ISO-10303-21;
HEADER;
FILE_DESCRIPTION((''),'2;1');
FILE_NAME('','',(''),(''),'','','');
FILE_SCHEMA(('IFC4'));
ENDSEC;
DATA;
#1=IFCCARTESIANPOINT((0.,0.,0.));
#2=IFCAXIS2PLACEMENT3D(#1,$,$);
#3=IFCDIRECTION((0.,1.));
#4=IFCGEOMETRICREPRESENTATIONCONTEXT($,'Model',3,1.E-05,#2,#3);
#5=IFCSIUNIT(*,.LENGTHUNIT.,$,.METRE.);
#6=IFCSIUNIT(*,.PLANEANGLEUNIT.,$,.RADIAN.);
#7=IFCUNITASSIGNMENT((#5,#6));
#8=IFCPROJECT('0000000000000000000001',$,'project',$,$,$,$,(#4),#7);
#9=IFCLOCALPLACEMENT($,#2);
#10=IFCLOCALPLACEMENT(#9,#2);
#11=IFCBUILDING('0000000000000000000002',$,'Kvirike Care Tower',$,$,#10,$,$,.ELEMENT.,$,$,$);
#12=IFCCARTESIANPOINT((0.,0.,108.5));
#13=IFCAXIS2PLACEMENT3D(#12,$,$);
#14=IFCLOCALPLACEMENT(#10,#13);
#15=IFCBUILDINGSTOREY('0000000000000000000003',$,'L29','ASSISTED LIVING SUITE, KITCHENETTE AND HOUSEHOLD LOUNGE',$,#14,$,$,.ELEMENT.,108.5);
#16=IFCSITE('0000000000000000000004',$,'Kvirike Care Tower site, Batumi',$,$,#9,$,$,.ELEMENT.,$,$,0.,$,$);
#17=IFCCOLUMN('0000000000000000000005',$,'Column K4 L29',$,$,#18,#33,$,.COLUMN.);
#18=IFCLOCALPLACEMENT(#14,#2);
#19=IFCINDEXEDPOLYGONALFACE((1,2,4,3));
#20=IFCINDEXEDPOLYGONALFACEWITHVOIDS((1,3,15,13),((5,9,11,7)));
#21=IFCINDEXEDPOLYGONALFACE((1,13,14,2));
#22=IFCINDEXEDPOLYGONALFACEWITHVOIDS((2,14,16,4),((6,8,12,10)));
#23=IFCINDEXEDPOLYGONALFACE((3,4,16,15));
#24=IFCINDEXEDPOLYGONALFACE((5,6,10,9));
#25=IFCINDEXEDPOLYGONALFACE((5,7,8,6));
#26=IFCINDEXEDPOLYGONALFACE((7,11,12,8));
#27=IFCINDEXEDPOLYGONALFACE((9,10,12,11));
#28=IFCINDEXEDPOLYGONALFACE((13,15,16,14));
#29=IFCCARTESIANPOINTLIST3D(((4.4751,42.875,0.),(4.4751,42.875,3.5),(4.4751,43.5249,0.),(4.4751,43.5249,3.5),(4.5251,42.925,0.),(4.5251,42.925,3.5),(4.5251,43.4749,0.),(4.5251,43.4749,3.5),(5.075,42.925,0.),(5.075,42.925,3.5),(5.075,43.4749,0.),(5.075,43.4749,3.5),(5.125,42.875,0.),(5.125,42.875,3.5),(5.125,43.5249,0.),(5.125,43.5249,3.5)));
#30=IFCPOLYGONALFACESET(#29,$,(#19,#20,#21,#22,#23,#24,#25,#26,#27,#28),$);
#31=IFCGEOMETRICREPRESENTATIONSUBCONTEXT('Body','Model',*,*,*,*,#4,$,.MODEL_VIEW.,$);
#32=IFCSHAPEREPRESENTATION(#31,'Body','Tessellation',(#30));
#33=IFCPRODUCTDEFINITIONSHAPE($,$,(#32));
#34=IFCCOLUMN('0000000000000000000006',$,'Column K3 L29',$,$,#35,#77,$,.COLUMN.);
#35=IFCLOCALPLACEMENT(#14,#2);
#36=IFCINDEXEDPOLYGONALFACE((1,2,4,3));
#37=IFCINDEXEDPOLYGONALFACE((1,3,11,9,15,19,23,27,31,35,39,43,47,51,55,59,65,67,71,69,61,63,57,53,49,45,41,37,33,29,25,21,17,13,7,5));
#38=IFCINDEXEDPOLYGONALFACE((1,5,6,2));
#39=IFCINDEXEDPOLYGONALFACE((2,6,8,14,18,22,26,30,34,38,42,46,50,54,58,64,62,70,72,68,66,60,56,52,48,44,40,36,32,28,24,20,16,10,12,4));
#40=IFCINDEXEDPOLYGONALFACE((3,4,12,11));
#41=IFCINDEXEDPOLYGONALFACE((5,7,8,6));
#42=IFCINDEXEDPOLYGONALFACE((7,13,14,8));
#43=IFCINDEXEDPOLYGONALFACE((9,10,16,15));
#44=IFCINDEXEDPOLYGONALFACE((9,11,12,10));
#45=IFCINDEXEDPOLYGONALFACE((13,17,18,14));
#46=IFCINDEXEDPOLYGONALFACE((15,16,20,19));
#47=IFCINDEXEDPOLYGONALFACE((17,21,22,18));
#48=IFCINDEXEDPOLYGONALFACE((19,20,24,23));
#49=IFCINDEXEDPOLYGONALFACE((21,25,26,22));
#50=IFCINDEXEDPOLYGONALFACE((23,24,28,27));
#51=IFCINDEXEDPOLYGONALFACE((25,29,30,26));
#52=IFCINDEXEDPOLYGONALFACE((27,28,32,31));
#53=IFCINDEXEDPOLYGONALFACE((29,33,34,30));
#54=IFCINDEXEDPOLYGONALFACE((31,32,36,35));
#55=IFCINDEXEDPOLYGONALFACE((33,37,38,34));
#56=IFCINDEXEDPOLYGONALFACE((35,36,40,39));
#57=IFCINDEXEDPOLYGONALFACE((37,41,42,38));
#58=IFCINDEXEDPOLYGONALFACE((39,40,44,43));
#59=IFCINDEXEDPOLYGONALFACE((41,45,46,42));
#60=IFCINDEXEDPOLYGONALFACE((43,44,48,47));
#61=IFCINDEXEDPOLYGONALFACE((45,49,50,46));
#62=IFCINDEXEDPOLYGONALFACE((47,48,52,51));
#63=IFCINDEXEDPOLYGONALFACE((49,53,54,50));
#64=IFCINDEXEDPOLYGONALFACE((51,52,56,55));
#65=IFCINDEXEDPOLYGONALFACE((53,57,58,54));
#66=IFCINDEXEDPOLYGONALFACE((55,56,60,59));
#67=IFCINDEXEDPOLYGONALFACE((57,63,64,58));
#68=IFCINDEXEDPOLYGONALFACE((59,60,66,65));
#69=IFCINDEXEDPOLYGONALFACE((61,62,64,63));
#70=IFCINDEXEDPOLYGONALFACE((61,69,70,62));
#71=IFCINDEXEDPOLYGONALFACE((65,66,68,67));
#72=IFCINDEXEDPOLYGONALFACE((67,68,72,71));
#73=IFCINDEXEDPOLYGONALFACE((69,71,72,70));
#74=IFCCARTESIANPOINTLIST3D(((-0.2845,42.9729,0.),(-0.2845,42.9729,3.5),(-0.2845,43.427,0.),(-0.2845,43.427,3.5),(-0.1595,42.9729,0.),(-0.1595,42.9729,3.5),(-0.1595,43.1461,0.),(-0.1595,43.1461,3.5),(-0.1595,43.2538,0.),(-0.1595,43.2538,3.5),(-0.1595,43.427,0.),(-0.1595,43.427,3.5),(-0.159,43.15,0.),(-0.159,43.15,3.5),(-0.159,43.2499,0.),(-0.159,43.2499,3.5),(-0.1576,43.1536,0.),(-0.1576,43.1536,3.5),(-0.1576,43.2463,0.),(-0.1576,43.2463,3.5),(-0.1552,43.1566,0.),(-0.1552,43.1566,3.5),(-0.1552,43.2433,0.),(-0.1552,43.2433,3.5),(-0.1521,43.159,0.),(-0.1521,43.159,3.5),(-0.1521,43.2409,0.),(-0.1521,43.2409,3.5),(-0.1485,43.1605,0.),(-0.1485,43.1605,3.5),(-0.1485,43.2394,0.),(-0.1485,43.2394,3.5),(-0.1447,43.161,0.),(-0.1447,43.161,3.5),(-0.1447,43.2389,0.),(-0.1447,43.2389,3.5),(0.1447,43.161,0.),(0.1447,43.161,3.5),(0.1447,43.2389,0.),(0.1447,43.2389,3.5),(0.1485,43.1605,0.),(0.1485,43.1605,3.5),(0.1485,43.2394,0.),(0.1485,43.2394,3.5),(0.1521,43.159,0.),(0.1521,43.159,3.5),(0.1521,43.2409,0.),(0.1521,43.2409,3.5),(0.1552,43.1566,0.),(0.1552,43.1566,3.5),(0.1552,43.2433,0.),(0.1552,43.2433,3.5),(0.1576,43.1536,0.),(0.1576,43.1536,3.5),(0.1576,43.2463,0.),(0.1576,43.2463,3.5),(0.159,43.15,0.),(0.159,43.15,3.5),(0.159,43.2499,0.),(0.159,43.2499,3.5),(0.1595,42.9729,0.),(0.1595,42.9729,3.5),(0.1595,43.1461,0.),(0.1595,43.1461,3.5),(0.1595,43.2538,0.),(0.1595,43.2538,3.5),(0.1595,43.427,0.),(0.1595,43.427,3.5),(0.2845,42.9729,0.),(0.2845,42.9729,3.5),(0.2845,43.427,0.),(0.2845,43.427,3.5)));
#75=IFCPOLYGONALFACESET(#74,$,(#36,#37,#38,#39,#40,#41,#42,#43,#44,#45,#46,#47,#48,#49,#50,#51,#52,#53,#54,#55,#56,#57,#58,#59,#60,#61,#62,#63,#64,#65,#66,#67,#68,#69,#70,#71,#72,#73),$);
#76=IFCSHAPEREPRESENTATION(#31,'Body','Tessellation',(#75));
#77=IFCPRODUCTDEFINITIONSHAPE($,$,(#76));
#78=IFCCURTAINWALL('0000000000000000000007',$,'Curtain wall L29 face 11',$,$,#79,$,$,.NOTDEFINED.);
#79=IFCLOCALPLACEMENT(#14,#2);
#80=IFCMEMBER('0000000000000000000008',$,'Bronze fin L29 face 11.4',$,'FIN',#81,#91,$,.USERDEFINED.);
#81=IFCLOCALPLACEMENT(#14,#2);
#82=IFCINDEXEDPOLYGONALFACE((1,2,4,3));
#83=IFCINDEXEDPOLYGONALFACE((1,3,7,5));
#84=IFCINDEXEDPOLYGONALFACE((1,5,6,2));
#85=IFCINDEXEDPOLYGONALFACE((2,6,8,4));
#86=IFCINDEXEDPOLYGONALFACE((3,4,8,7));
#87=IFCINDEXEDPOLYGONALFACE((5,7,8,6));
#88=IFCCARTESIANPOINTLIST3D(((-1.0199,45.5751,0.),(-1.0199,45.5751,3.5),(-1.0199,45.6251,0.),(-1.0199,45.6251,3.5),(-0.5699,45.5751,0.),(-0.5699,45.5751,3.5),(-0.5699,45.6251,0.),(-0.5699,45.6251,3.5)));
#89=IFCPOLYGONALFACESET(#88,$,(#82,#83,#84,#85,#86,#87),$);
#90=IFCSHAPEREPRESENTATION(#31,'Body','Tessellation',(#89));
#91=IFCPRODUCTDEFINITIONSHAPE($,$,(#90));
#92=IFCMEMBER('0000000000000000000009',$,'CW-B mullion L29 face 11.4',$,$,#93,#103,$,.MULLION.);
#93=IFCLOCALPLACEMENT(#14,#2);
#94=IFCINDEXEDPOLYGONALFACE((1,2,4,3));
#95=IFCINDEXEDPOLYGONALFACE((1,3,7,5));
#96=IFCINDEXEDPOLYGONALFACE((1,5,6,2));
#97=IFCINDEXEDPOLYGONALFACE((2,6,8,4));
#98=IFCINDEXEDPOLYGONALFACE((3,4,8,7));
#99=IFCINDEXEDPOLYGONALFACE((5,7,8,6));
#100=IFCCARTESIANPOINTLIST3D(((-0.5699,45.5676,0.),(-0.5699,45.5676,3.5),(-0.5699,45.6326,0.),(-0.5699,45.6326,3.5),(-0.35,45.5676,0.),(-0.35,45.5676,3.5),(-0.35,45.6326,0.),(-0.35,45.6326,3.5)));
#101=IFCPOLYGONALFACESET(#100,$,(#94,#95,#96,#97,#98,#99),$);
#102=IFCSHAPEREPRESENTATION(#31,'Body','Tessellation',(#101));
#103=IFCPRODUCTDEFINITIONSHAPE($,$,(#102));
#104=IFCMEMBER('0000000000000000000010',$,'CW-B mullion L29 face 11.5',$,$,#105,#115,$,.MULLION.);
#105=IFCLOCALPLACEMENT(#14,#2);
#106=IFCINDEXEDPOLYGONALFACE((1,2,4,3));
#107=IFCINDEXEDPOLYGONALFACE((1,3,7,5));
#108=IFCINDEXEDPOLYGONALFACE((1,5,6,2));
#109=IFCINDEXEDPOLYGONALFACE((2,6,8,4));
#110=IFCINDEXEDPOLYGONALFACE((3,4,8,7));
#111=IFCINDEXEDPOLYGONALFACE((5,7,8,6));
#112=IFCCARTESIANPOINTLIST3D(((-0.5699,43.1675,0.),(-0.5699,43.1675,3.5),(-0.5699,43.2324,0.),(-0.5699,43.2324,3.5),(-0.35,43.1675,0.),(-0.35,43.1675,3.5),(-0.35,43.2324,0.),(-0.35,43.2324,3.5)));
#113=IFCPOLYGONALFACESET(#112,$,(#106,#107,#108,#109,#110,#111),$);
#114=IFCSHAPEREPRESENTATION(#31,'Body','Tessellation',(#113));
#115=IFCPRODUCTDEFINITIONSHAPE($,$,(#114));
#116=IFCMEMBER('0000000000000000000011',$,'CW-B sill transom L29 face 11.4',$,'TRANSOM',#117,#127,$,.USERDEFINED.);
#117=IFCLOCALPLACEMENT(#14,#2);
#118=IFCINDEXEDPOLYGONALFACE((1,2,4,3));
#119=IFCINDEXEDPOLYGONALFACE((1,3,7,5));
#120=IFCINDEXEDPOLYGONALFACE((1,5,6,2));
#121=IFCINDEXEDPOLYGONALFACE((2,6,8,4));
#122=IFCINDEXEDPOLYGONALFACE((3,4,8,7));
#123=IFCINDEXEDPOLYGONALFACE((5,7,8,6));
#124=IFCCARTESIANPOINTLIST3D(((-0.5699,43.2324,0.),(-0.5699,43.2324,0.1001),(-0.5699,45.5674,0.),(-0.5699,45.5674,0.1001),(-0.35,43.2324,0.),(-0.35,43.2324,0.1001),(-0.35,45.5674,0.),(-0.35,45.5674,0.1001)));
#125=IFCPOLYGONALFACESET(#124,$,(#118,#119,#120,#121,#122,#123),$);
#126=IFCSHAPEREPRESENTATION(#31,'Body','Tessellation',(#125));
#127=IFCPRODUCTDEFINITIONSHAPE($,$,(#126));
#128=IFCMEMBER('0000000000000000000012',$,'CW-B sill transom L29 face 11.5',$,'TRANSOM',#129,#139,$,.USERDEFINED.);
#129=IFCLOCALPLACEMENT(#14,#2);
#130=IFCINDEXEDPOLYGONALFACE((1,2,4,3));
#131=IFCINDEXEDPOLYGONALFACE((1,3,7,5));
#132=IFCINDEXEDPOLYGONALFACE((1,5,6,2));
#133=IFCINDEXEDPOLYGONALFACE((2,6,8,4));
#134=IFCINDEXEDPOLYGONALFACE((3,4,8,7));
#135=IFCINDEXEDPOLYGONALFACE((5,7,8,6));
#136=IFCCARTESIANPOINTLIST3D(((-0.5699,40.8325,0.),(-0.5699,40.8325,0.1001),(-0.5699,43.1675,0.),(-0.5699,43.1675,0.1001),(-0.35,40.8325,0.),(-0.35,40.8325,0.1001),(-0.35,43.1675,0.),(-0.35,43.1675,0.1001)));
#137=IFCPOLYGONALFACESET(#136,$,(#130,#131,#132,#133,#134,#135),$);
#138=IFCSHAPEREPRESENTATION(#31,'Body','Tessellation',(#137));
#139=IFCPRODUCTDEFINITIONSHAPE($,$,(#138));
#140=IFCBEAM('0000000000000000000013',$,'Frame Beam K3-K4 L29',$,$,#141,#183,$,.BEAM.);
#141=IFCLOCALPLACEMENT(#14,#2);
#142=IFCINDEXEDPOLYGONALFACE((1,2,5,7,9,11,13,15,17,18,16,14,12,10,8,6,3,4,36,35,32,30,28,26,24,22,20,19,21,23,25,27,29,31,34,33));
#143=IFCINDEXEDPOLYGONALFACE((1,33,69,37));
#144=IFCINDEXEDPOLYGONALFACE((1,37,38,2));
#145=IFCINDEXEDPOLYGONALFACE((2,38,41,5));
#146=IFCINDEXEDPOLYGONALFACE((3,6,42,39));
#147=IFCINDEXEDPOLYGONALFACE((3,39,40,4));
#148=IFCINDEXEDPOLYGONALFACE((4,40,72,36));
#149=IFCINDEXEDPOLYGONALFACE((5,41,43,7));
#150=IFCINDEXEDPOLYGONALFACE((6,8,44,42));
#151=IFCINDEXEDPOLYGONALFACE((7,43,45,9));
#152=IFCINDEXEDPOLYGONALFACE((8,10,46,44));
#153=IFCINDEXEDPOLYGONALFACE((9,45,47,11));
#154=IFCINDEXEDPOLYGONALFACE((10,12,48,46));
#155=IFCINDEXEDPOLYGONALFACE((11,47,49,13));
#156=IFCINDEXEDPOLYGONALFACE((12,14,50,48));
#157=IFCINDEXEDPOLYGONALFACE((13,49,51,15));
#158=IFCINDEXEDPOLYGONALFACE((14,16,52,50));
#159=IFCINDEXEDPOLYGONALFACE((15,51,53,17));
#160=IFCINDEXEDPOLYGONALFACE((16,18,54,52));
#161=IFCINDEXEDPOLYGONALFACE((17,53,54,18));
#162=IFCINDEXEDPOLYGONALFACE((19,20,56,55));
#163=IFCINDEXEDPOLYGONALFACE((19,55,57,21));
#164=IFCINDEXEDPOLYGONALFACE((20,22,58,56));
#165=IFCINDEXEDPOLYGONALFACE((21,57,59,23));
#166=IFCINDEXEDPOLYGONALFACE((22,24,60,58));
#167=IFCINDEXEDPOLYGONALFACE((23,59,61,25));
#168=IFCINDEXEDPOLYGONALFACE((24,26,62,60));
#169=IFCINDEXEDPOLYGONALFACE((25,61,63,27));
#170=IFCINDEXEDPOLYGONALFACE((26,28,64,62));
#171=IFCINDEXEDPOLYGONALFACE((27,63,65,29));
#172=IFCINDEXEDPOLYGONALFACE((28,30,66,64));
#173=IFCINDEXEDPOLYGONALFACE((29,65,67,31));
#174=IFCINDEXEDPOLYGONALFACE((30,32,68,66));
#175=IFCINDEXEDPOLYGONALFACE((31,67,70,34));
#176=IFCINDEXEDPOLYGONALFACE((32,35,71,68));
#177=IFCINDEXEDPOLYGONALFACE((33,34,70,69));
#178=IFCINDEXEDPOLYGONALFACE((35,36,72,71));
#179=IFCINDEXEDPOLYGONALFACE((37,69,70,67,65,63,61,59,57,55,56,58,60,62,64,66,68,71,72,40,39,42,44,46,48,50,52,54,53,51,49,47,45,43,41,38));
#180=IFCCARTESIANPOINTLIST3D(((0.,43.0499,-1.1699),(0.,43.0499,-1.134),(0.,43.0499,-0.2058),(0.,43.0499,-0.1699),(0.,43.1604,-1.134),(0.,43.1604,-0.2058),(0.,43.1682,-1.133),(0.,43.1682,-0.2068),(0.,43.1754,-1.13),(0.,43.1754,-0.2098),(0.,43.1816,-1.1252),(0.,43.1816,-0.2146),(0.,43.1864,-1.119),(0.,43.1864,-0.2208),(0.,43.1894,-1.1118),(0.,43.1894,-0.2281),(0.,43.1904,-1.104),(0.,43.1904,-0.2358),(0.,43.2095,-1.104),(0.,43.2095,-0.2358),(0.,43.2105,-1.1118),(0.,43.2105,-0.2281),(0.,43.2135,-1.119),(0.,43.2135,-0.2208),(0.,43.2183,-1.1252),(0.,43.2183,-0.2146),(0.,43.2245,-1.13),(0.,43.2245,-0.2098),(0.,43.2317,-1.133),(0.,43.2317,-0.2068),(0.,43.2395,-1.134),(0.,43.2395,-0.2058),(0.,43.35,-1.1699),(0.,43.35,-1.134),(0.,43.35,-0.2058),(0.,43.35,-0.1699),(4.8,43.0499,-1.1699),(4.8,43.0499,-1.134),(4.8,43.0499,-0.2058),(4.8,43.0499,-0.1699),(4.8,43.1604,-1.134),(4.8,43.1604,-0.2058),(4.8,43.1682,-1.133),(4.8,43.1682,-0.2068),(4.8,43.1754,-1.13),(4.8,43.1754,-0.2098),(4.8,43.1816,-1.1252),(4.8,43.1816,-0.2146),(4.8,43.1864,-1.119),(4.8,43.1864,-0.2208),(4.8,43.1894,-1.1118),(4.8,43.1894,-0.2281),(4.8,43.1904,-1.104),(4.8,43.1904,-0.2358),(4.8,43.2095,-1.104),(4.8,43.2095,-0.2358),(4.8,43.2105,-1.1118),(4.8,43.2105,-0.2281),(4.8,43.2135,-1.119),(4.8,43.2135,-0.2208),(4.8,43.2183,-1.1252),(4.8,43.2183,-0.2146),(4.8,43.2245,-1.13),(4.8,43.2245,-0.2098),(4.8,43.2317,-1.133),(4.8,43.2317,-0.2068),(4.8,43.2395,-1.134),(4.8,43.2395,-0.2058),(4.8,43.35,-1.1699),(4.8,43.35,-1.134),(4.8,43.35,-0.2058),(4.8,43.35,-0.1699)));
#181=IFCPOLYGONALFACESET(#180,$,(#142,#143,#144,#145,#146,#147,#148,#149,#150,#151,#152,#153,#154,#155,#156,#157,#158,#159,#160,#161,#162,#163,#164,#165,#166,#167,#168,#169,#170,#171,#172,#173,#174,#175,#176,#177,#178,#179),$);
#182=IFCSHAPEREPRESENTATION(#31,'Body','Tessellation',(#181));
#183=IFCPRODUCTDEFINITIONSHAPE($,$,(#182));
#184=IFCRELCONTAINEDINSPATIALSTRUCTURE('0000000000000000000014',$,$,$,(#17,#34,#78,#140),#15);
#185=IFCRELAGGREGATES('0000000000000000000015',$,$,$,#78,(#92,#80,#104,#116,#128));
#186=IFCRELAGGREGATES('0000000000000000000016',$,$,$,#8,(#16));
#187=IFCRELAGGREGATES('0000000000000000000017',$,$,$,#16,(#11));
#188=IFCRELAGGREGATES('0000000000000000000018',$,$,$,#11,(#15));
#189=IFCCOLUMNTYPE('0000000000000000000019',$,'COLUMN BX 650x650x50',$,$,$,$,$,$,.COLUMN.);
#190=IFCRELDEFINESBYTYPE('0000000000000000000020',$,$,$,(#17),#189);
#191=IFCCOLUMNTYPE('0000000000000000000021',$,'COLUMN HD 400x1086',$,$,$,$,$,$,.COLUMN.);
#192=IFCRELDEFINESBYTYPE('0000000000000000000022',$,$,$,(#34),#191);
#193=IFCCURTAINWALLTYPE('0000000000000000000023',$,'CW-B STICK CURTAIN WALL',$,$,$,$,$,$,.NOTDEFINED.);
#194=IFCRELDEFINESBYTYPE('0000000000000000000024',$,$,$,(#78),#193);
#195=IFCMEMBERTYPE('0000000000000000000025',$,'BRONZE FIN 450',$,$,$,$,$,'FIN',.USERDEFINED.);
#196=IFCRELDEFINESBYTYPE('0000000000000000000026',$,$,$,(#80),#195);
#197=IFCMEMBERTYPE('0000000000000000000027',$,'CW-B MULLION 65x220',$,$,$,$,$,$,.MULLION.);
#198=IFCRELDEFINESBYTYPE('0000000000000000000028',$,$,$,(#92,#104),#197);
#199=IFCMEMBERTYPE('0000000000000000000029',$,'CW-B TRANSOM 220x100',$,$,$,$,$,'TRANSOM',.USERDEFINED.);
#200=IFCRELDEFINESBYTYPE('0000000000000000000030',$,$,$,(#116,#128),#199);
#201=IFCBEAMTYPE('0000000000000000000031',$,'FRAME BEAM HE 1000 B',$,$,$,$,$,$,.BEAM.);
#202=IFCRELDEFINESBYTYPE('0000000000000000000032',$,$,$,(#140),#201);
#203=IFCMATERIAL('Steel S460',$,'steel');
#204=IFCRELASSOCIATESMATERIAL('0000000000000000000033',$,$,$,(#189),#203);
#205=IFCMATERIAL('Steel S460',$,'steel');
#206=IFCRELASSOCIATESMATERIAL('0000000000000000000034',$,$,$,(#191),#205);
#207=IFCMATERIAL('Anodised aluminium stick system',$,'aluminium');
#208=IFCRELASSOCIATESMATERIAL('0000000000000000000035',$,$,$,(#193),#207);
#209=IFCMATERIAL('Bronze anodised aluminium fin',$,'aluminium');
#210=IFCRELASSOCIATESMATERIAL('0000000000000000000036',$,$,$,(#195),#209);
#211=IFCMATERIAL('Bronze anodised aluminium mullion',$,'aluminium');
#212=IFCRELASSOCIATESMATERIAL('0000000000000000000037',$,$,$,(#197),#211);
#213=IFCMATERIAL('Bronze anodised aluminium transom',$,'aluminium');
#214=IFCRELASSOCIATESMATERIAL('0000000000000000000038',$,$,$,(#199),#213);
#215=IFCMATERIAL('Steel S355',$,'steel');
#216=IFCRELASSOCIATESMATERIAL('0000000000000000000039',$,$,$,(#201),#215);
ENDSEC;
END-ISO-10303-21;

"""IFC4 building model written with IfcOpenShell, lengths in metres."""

from ifc_helpers import new_model, si_unit, direction, frame, origin, origin_2d, place, context, subcontext, project, spatial, rectangle, hollow_rectangle, i_section, extrude, material, material_profile, profile_set, type_object, element, aggregate, save


model = new_model("IFC4")

# Units and contexts
model_context = context("Model", 3, precision=1e-05, world=origin(), true_north=direction((0.0, 1.0)))
body_context = subcontext(model_context, "Body", "Model", "MODEL_VIEW")
ifc_project = project(units=[si_unit("LENGTHUNIT", "METRE"), si_unit("PLANEANGLEUNIT", "RADIAN")], contexts=[model_context])

# Site, building, storey
site_placement = place(None, origin())
site = spatial("IfcSite", under=ifc_project, at=site_placement, Name="Kvirike Care Tower site, Batumi", CompositionType="ELEMENT", RefElevation=0.0)
building_placement = place(site_placement, origin())
building = spatial("IfcBuilding", under=site, at=building_placement, Name="Kvirike Care Tower", CompositionType="ELEMENT")
storey_placement = place(building_placement, frame((0.0, 0.0, 108.5)))
storey = spatial("IfcBuildingStorey", under=building, at=storey_placement, Name="L29", Description="ASSISTED LIVING SUITE, KITCHENETTE AND HOUSEHOLD LOUNGE", CompositionType="ELEMENT", Elevation=108.5)

# Columns
ifc_material_1 = material(Name="Steel S460", Category="steel")
ifc_material_profile_1 = material_profile(ifc_material_1, hollow_rectangle(XDim=0.6499, YDim=0.6499, WallThickness=0.05, at=origin_2d()), Name="BX 650x650x50")
ifc_profile_set_1 = profile_set([ifc_material_profile_1], Name="Steel S460")
column_type_1 = type_object("IfcColumnType", Name="COLUMN BX 650x650x50", PredefinedType="COLUMN", material=ifc_profile_set_1)
column_1_placement = place(storey_placement, frame((4.8, 43.2, 0.0), z_axis=(0.0, 0.0, 1.0), x_axis=(0.0, 1.0, 0.0)))
element("IfcColumn", 1, at=column_1_placement, inside=storey, type_object=column_type_1, Name="Column K4 L29", PredefinedType="COLUMN", context=body_context, shape_type="SweptSolid", body=[
    extrude(hollow_rectangle(XDim=0.6499, YDim=0.6499, WallThickness=0.05, at=origin_2d()), origin(), (0.0, 0.0, 1.0), 3.5),
])
ifc_material_2 = material(Name="Steel S460", Category="steel")
ifc_material_profile_2 = material_profile(ifc_material_2, i_section(OverallWidth=0.4541, OverallDepth=0.5691, WebThickness=0.0779, FlangeThickness=0.125, FilletRadius=0.0149, at=origin_2d()), Name="HD 400x1086")
ifc_profile_set_2 = profile_set([ifc_material_profile_2], Name="Steel S460")
column_type_2 = type_object("IfcColumnType", Name="COLUMN HD 400x1086", PredefinedType="COLUMN", material=ifc_profile_set_2)
column_2_placement = place(storey_placement, frame((0.0, 43.2, 0.0), z_axis=(0.0, 0.0, 1.0), x_axis=(0.0, 1.0, 0.0)))
element("IfcColumn", 2, at=column_2_placement, inside=storey, type_object=column_type_2, Name="Column K3 L29", PredefinedType="COLUMN", context=body_context, shape_type="SweptSolid", body=[
    extrude(i_section(OverallWidth=0.4541, OverallDepth=0.5691, WebThickness=0.0779, FlangeThickness=0.125, FilletRadius=0.0149, at=origin_2d()), origin(), (0.0, 0.0, 1.0), 3.5),
])

# Curtain wall, members
ifc_material_3 = material(Name="Anodised aluminium stick system", Category="aluminium")
curtain_wall_type = type_object("IfcCurtainWallType", Name="CW-B STICK CURTAIN WALL", PredefinedType="NOTDEFINED", material=ifc_material_3)
curtain_wall_placement = place(storey_placement, origin())
curtain_wall = element("IfcCurtainWall", 3, at=curtain_wall_placement, inside=storey, type_object=curtain_wall_type, Name="Curtain wall L29 face 11", PredefinedType="NOTDEFINED")
ifc_material_4 = material(Name="Bronze anodised aluminium fin", Category="aluminium")
ifc_material_profile_3 = material_profile(ifc_material_4, rectangle(XDim=0.05, YDim=0.45, at=origin_2d()), Name="BRONZE FIN 450")
ifc_profile_set_3 = profile_set([ifc_material_profile_3], Name="Bronze anodised aluminium fin")
member_type_1 = type_object("IfcMemberType", Name="BRONZE FIN 450", ElementType="FIN", PredefinedType="USERDEFINED", material=ifc_profile_set_3)
member_1_placement = place(storey_placement, frame((-0.7949, 45.6001, 0.0), z_axis=(0.0, 0.0, 1.0), x_axis=(0.0, -1.0, 0.0)))
member_1 = element("IfcMember", 4, at=member_1_placement, type_object=member_type_1, Name="Bronze fin L29 face 11.4", ObjectType="FIN", PredefinedType="USERDEFINED", context=body_context, shape_type="SweptSolid", body=[
    extrude(rectangle(XDim=0.05, YDim=0.45, at=origin_2d()), origin(), (0.0, 0.0, 1.0), 3.5),
])
ifc_material_5 = material(Name="Bronze anodised aluminium mullion", Category="aluminium")
ifc_material_profile_4 = material_profile(ifc_material_5, rectangle(XDim=0.0649, YDim=0.22, at=origin_2d()), Name="CW-B MULLION 65x220")
ifc_profile_set_4 = profile_set([ifc_material_profile_4], Name="Bronze anodised aluminium mullion")
member_type_2 = type_object("IfcMemberType", Name="CW-B MULLION 65x220", PredefinedType="MULLION", material=ifc_profile_set_4)
member_2_placement = place(storey_placement, frame((-0.46, 45.6001, 0.0), z_axis=(0.0, 0.0, 1.0), x_axis=(0.0, -1.0, 0.0)))
member_2 = element("IfcMember", 5, at=member_2_placement, type_object=member_type_2, Name="CW-B mullion L29 face 11.4", PredefinedType="MULLION", context=body_context, shape_type="SweptSolid", body=[
    extrude(rectangle(XDim=0.0649, YDim=0.22, at=origin_2d()), origin(), (0.0, 0.0, 1.0), 3.5),
])
member_3_placement = place(storey_placement, frame((-0.46, 43.2, 0.0), z_axis=(0.0, 0.0, 1.0), x_axis=(0.0, -1.0, 0.0)))
member_3 = element("IfcMember", 6, at=member_3_placement, type_object=member_type_2, Name="CW-B mullion L29 face 11.5", PredefinedType="MULLION", context=body_context, shape_type="SweptSolid", body=[
    extrude(rectangle(XDim=0.0649, YDim=0.22, at=origin_2d()), origin(), (0.0, 0.0, 1.0), 3.5),
])
ifc_material_6 = material(Name="Bronze anodised aluminium transom", Category="aluminium")
ifc_material_profile_5 = material_profile(ifc_material_6, rectangle(XDim=0.22, YDim=0.1001, at=origin_2d()), Name="CW-B TRANSOM 220x100")
ifc_profile_set_5 = profile_set([ifc_material_profile_5], Name="Bronze anodised aluminium transom")
member_type_3 = type_object("IfcMemberType", Name="CW-B TRANSOM 220x100", ElementType="TRANSOM", PredefinedType="USERDEFINED", material=ifc_profile_set_5)
member_4_placement = place(storey_placement, frame((-0.46, 45.5674, 0.05), z_axis=(0.0, -1.0, 0.0), x_axis=(1.0, 0.0, 0.0)))
member_4 = element("IfcMember", 7, at=member_4_placement, type_object=member_type_3, Name="CW-B sill transom L29 face 11.4", ObjectType="TRANSOM", PredefinedType="USERDEFINED", context=body_context, shape_type="SweptSolid", body=[
    extrude(rectangle(XDim=0.22, YDim=0.1001, at=origin_2d()), origin(), (0.0, 0.0, 1.0), 2.335),
])
member_5_placement = place(storey_placement, frame((-0.46, 43.1675, 0.05), z_axis=(0.0, -1.0, 0.0), x_axis=(1.0, 0.0, 0.0)))
member_5 = element("IfcMember", 8, at=member_5_placement, type_object=member_type_3, Name="CW-B sill transom L29 face 11.5", ObjectType="TRANSOM", PredefinedType="USERDEFINED", context=body_context, shape_type="SweptSolid", body=[
    extrude(rectangle(XDim=0.22, YDim=0.1001, at=origin_2d()), origin(), (0.0, 0.0, 1.0), 2.335),
])

# Beam
ifc_material_7 = material(Name="Steel S355", Category="steel")
ifc_material_profile_6 = material_profile(ifc_material_7, i_section(OverallWidth=0.3, OverallDepth=1.0, WebThickness=0.019, FlangeThickness=0.0359, FilletRadius=0.03, at=origin_2d()), Name="HE 1000 B")
ifc_profile_set_6 = profile_set([ifc_material_profile_6], Name="Steel S355")
beam_type_1 = type_object("IfcBeamType", Name="FRAME BEAM HE 1000 B", PredefinedType="BEAM", material=ifc_profile_set_6)
for number, where, z_axis, x_axis, name in (
    (9, (0.0, 43.2, -0.6699), (1.0, 0.0, 0.0), (0.0, 1.0, 0.0), "Frame Beam K3-K4 L29"),
):
    element("IfcBeam", number, at=place(storey_placement, frame(where, z_axis=z_axis, x_axis=x_axis)), inside=storey, type_object=beam_type_1, Name=name, PredefinedType="BEAM", context=body_context, shape_type="SweptSolid", body=[
        extrude(i_section(OverallWidth=0.3, OverallDepth=1.0, WebThickness=0.019, FlangeThickness=0.0359, FilletRadius=0.03, at=origin_2d()), origin(), (0.0, 0.0, 1.0), 4.8),
    ])

aggregate(curtain_wall, [member_2, member_1, member_3, member_4, member_5])

save(model, "model.ifc")
